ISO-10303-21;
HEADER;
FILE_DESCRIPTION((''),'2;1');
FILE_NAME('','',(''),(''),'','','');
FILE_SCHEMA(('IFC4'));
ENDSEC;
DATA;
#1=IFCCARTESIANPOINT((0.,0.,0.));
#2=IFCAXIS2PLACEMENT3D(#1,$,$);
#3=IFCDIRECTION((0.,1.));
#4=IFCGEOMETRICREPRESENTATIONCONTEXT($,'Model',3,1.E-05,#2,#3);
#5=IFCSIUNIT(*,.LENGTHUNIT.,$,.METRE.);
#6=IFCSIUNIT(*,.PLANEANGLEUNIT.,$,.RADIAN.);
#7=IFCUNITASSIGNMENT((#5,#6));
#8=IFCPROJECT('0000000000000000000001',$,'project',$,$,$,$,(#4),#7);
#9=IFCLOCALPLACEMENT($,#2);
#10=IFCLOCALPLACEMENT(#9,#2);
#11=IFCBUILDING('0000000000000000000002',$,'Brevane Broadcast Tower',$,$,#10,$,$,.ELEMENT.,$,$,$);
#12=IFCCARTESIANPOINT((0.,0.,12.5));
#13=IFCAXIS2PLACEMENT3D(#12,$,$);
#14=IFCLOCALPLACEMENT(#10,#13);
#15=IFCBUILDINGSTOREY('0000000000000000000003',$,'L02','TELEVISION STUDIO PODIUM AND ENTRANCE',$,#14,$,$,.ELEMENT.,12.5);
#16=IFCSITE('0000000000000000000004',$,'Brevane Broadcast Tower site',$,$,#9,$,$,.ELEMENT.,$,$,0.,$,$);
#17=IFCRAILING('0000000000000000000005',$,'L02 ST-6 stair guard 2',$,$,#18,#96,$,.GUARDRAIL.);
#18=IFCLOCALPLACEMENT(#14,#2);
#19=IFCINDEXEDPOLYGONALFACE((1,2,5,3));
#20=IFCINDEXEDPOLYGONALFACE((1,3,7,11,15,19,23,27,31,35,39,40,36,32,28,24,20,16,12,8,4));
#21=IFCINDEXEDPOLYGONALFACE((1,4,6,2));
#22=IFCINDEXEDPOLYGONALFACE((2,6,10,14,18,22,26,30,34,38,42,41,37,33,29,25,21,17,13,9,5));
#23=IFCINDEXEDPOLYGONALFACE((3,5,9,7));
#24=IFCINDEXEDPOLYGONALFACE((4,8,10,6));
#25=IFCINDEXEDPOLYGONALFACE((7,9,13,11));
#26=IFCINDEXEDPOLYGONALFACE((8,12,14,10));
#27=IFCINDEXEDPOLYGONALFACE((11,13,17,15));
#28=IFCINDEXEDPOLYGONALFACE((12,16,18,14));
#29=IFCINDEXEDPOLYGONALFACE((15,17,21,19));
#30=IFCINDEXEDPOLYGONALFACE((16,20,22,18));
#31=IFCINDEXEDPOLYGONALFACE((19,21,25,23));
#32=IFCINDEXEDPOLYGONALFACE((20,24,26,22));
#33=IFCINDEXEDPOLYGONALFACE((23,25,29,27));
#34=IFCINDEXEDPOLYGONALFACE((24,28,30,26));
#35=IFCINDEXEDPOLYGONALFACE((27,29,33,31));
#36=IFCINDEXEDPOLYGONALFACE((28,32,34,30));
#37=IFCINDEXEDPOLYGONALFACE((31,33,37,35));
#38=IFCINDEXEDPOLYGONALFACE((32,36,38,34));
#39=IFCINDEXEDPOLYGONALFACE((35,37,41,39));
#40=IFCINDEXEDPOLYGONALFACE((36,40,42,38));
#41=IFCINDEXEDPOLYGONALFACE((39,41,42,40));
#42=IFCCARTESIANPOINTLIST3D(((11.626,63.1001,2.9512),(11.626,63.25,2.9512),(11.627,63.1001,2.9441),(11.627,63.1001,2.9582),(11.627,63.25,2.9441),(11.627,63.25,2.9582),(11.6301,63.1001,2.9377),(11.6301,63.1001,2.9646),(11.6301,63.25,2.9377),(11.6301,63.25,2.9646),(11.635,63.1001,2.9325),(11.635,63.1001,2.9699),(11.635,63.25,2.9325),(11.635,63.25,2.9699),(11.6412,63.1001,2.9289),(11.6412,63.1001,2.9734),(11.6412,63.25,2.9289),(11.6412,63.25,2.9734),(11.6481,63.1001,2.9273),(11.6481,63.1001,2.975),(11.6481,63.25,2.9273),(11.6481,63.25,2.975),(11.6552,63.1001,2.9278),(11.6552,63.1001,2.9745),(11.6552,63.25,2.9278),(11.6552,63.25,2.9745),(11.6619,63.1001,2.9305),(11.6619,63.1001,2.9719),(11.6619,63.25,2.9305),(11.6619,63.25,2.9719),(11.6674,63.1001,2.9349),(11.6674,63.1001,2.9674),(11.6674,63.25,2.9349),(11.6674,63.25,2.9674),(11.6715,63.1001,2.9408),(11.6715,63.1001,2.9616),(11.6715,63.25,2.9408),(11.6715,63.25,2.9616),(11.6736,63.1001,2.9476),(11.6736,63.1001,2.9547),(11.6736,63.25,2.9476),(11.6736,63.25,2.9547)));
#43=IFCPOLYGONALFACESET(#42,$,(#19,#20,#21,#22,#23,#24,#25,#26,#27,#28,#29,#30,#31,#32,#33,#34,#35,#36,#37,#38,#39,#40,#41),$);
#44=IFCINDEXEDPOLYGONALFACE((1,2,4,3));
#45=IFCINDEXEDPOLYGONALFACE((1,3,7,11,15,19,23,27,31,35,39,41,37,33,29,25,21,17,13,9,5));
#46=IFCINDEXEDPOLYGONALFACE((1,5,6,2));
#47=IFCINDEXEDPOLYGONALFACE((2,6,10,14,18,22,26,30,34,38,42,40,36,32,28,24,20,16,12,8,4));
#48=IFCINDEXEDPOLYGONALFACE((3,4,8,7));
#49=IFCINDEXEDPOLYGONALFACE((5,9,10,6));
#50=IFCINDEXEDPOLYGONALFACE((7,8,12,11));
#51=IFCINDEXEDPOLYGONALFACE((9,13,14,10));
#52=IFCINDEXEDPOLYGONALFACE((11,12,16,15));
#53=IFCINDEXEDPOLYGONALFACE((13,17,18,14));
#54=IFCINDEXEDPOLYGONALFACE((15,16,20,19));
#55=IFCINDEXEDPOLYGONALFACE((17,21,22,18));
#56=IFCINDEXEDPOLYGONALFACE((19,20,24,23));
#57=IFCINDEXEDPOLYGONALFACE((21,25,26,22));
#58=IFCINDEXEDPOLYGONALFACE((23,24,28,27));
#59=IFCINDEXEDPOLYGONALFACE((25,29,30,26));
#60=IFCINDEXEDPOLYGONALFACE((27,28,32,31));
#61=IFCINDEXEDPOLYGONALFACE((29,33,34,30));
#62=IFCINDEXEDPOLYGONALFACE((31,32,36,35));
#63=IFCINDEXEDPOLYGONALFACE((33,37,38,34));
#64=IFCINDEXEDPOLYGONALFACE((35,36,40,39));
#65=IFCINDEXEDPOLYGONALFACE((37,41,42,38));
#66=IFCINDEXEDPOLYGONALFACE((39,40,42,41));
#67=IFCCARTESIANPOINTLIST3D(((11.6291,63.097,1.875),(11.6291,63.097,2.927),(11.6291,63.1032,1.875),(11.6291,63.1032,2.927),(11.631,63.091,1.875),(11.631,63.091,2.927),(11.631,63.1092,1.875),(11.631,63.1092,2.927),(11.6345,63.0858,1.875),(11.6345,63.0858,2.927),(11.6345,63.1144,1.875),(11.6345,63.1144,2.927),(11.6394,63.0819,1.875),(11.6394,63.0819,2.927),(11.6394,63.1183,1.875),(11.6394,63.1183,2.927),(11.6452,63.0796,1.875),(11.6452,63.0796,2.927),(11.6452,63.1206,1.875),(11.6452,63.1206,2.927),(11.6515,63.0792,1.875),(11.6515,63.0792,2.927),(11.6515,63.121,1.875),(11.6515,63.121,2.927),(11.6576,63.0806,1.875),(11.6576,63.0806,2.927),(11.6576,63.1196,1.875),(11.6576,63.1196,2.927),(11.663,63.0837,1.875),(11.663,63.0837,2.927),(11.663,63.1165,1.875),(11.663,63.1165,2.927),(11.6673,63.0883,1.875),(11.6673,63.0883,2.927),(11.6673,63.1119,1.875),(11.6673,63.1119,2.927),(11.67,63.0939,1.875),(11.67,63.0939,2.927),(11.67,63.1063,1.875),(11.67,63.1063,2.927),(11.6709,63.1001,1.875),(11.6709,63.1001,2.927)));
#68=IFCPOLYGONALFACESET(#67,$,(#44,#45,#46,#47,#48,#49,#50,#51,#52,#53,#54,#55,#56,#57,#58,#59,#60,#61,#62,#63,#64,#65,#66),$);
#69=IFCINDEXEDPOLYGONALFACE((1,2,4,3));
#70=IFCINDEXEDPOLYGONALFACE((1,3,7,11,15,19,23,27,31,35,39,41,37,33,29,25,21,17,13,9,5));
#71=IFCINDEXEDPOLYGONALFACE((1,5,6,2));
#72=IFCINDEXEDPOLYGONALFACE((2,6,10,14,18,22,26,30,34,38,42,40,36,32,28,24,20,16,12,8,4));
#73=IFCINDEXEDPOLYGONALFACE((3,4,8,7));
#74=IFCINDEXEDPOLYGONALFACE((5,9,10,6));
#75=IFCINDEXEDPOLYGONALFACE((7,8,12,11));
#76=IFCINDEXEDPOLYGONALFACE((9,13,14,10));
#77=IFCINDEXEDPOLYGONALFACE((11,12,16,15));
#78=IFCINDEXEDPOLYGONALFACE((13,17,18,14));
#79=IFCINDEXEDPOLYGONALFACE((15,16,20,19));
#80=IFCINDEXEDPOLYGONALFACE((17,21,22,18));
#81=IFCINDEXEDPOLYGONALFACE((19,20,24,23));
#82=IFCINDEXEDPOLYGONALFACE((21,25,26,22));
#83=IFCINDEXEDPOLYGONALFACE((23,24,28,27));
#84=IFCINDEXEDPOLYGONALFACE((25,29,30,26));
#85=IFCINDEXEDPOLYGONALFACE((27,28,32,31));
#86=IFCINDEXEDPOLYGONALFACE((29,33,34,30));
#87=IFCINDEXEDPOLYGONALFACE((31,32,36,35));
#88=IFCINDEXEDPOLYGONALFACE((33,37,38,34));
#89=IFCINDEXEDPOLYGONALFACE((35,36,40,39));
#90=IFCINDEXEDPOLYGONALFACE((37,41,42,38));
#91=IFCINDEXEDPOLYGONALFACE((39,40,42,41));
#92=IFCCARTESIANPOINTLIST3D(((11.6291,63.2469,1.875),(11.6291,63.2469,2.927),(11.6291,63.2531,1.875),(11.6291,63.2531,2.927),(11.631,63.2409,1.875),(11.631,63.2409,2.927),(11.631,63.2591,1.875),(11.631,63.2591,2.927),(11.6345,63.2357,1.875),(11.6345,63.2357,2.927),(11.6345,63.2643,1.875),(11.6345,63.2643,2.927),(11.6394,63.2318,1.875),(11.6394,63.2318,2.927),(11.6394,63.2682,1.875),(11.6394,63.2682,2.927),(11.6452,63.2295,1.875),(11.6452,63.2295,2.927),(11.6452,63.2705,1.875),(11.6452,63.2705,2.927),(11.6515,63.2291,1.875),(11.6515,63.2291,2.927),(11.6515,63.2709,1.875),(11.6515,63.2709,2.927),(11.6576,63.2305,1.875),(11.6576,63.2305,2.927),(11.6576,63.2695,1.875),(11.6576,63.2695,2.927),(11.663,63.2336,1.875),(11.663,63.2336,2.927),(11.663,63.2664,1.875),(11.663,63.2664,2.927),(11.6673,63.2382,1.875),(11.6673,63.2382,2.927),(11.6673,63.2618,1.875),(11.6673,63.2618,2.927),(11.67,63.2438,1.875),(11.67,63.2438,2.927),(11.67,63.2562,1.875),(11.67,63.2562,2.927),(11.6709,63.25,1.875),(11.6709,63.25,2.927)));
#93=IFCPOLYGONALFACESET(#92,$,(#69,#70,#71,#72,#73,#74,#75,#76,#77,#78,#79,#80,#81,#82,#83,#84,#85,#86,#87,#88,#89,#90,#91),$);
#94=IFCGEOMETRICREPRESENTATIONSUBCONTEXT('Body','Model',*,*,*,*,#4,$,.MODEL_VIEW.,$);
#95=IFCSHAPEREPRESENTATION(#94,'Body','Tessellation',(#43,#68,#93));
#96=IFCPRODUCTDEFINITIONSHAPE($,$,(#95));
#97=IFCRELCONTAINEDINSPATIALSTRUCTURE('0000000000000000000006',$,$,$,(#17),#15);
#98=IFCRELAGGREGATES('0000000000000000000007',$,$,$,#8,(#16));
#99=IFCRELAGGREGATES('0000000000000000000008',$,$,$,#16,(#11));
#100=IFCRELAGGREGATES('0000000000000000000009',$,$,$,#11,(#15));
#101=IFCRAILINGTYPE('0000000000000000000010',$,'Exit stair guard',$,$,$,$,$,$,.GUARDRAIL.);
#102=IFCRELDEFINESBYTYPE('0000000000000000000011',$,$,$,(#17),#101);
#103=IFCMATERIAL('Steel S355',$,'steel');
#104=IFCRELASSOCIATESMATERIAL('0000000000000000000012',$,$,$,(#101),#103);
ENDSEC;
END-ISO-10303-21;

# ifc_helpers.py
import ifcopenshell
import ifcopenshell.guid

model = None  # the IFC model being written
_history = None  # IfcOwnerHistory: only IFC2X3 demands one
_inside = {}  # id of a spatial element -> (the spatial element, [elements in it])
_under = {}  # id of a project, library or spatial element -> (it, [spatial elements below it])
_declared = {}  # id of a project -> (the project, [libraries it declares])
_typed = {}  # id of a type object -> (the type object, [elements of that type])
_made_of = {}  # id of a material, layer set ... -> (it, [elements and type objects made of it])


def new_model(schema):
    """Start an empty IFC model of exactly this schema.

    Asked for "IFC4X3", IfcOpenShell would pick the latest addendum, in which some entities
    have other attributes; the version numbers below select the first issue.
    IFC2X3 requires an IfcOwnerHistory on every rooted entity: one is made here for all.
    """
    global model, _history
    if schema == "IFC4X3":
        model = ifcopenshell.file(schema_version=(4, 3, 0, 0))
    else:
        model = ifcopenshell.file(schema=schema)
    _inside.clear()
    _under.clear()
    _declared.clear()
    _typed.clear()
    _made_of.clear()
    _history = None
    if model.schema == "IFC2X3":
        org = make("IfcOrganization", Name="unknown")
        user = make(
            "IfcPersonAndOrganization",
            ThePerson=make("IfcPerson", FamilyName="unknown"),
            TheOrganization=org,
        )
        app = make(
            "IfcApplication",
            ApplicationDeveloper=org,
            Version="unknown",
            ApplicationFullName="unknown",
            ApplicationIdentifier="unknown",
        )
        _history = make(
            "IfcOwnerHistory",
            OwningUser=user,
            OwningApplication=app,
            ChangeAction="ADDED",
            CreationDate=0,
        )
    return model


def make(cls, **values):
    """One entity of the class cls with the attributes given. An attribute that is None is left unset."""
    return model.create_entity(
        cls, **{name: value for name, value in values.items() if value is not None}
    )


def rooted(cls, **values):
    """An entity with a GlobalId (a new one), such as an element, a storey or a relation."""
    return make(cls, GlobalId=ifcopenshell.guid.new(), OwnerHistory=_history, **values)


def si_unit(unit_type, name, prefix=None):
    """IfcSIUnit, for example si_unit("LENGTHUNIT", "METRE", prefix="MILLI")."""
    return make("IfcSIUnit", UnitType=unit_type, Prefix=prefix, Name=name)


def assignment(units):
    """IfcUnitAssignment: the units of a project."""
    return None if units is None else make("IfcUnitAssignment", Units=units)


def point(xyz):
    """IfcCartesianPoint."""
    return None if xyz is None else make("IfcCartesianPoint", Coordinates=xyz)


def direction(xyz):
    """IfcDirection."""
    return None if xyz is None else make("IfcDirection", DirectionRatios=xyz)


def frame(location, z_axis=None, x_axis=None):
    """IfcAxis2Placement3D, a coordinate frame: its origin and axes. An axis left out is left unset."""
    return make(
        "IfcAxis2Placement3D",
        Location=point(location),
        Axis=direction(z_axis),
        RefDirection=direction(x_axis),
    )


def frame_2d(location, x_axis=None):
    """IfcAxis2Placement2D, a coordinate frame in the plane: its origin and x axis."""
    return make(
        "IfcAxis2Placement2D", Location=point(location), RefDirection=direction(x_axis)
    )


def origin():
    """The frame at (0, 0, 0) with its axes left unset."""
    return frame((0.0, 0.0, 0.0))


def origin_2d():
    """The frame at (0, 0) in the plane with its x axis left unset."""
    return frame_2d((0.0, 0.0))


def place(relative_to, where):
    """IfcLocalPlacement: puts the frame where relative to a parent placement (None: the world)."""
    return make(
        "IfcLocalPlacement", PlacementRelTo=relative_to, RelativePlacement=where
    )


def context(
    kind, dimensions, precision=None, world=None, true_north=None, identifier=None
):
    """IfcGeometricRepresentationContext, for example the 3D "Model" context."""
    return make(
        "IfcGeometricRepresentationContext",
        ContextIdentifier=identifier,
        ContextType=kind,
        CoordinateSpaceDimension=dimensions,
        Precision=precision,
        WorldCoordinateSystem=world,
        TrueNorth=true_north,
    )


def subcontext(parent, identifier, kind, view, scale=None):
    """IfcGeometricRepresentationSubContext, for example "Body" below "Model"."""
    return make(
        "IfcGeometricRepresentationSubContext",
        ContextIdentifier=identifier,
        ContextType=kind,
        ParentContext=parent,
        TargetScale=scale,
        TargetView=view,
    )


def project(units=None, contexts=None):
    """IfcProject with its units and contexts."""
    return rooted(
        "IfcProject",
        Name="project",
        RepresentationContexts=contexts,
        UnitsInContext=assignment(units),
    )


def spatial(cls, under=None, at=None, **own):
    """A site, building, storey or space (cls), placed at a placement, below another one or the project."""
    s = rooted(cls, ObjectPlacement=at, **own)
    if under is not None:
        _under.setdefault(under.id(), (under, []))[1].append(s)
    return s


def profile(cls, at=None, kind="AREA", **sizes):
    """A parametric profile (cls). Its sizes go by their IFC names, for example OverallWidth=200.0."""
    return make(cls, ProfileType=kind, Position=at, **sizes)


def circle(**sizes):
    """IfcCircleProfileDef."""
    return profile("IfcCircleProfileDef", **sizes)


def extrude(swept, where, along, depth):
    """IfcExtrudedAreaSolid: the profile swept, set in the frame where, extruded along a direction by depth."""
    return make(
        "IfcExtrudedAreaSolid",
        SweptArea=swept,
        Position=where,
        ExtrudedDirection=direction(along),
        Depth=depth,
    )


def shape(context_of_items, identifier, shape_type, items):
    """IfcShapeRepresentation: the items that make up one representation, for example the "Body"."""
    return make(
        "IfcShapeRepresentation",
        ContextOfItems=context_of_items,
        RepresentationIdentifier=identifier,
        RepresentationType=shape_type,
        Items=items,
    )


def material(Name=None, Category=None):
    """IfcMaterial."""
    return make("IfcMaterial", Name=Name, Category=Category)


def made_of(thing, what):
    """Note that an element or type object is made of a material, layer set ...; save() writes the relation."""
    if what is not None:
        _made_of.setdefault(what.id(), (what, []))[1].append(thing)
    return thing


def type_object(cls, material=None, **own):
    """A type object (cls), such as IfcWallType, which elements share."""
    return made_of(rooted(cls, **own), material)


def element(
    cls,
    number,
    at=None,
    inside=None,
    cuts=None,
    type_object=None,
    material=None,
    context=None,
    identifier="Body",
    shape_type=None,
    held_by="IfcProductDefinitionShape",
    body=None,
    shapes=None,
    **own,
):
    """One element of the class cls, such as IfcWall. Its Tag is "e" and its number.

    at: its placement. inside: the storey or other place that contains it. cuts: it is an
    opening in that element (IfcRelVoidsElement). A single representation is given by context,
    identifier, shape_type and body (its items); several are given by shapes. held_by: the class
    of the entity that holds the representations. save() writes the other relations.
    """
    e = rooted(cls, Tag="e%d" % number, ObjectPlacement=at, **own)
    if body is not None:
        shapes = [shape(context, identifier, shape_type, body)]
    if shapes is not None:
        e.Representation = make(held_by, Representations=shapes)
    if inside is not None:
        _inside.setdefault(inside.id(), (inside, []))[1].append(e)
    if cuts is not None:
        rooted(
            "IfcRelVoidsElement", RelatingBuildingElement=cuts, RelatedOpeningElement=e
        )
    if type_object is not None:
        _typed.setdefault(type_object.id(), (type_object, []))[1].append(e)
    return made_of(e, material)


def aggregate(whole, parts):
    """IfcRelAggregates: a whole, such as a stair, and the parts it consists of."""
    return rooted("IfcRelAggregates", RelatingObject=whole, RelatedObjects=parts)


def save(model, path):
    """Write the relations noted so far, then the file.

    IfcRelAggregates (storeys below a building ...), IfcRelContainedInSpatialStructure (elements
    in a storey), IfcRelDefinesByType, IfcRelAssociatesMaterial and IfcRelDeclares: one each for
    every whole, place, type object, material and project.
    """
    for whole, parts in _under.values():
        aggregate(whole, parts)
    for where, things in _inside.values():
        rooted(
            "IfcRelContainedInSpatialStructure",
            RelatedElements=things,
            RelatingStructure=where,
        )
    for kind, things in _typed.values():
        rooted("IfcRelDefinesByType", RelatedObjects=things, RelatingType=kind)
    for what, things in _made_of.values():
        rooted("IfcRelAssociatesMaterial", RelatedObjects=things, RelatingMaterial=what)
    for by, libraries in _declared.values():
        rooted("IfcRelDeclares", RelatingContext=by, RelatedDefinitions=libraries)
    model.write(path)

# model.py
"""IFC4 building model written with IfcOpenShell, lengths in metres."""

from ifc_helpers import new_model, si_unit, direction, frame, origin, origin_2d, place, context, subcontext, project, spatial, circle, extrude, material, type_object, element, save


model = new_model("IFC4")

# Units and contexts
model_context = context("Model", 3, precision=1e-05, world=origin(), true_north=direction((0.0, 1.0)))
body_context = subcontext(model_context, "Body", "Model", "MODEL_VIEW")
ifc_project = project(units=[si_unit("LENGTHUNIT", "METRE"), si_unit("PLANEANGLEUNIT", "RADIAN")], contexts=[model_context])

# Site, building, storey
site_placement = place(None, origin())
site = spatial("IfcSite", under=ifc_project, at=site_placement, Name="Brevane Broadcast Tower site", CompositionType="ELEMENT", RefElevation=0.0)
building_placement = place(site_placement, origin())
building = spatial("IfcBuilding", under=site, at=building_placement, Name="Brevane Broadcast Tower", CompositionType="ELEMENT")
storey_placement = place(building_placement, frame((0.0, 0.0, 12.5)))
storey = spatial("IfcBuildingStorey", under=building, at=storey_placement, Name="L02", Description="TELEVISION STUDIO PODIUM AND ENTRANCE", CompositionType="ELEMENT", Elevation=12.5)

# Railing
ifc_material_1 = material(Name="Steel S355", Category="steel")
railing_type_1 = type_object("IfcRailingType", Name="Exit stair guard", PredefinedType="GUARDRAIL", material=ifc_material_1)
railing_1_placement = place(storey_placement, frame((11.6499, 63.1001, 1.875)))
element("IfcRailing", 1, at=railing_1_placement, inside=storey, type_object=railing_type_1, Name="L02 ST-6 stair guard 2", PredefinedType="GUARDRAIL", context=body_context, shape_type="SweptSolid", body=[
    extrude(circle(Radius=0.0239, at=origin_2d()), frame((0.0, 0.0, 1.0762), z_axis=(0.0, 1.0, 0.0), x_axis=(-1.0, 0.0, 0.0)), (0.0, 0.0, 1.0), 0.1499),
    extrude(circle(Radius=0.021, at=origin_2d()), origin(), (0.0, 0.0, 1.0), 1.052),
    extrude(circle(Radius=0.021, at=origin_2d()), frame((0.0, 0.1499, 0.0)), (0.0, 0.0, 1.0), 1.052),
])

save(model, "model.ifc")
